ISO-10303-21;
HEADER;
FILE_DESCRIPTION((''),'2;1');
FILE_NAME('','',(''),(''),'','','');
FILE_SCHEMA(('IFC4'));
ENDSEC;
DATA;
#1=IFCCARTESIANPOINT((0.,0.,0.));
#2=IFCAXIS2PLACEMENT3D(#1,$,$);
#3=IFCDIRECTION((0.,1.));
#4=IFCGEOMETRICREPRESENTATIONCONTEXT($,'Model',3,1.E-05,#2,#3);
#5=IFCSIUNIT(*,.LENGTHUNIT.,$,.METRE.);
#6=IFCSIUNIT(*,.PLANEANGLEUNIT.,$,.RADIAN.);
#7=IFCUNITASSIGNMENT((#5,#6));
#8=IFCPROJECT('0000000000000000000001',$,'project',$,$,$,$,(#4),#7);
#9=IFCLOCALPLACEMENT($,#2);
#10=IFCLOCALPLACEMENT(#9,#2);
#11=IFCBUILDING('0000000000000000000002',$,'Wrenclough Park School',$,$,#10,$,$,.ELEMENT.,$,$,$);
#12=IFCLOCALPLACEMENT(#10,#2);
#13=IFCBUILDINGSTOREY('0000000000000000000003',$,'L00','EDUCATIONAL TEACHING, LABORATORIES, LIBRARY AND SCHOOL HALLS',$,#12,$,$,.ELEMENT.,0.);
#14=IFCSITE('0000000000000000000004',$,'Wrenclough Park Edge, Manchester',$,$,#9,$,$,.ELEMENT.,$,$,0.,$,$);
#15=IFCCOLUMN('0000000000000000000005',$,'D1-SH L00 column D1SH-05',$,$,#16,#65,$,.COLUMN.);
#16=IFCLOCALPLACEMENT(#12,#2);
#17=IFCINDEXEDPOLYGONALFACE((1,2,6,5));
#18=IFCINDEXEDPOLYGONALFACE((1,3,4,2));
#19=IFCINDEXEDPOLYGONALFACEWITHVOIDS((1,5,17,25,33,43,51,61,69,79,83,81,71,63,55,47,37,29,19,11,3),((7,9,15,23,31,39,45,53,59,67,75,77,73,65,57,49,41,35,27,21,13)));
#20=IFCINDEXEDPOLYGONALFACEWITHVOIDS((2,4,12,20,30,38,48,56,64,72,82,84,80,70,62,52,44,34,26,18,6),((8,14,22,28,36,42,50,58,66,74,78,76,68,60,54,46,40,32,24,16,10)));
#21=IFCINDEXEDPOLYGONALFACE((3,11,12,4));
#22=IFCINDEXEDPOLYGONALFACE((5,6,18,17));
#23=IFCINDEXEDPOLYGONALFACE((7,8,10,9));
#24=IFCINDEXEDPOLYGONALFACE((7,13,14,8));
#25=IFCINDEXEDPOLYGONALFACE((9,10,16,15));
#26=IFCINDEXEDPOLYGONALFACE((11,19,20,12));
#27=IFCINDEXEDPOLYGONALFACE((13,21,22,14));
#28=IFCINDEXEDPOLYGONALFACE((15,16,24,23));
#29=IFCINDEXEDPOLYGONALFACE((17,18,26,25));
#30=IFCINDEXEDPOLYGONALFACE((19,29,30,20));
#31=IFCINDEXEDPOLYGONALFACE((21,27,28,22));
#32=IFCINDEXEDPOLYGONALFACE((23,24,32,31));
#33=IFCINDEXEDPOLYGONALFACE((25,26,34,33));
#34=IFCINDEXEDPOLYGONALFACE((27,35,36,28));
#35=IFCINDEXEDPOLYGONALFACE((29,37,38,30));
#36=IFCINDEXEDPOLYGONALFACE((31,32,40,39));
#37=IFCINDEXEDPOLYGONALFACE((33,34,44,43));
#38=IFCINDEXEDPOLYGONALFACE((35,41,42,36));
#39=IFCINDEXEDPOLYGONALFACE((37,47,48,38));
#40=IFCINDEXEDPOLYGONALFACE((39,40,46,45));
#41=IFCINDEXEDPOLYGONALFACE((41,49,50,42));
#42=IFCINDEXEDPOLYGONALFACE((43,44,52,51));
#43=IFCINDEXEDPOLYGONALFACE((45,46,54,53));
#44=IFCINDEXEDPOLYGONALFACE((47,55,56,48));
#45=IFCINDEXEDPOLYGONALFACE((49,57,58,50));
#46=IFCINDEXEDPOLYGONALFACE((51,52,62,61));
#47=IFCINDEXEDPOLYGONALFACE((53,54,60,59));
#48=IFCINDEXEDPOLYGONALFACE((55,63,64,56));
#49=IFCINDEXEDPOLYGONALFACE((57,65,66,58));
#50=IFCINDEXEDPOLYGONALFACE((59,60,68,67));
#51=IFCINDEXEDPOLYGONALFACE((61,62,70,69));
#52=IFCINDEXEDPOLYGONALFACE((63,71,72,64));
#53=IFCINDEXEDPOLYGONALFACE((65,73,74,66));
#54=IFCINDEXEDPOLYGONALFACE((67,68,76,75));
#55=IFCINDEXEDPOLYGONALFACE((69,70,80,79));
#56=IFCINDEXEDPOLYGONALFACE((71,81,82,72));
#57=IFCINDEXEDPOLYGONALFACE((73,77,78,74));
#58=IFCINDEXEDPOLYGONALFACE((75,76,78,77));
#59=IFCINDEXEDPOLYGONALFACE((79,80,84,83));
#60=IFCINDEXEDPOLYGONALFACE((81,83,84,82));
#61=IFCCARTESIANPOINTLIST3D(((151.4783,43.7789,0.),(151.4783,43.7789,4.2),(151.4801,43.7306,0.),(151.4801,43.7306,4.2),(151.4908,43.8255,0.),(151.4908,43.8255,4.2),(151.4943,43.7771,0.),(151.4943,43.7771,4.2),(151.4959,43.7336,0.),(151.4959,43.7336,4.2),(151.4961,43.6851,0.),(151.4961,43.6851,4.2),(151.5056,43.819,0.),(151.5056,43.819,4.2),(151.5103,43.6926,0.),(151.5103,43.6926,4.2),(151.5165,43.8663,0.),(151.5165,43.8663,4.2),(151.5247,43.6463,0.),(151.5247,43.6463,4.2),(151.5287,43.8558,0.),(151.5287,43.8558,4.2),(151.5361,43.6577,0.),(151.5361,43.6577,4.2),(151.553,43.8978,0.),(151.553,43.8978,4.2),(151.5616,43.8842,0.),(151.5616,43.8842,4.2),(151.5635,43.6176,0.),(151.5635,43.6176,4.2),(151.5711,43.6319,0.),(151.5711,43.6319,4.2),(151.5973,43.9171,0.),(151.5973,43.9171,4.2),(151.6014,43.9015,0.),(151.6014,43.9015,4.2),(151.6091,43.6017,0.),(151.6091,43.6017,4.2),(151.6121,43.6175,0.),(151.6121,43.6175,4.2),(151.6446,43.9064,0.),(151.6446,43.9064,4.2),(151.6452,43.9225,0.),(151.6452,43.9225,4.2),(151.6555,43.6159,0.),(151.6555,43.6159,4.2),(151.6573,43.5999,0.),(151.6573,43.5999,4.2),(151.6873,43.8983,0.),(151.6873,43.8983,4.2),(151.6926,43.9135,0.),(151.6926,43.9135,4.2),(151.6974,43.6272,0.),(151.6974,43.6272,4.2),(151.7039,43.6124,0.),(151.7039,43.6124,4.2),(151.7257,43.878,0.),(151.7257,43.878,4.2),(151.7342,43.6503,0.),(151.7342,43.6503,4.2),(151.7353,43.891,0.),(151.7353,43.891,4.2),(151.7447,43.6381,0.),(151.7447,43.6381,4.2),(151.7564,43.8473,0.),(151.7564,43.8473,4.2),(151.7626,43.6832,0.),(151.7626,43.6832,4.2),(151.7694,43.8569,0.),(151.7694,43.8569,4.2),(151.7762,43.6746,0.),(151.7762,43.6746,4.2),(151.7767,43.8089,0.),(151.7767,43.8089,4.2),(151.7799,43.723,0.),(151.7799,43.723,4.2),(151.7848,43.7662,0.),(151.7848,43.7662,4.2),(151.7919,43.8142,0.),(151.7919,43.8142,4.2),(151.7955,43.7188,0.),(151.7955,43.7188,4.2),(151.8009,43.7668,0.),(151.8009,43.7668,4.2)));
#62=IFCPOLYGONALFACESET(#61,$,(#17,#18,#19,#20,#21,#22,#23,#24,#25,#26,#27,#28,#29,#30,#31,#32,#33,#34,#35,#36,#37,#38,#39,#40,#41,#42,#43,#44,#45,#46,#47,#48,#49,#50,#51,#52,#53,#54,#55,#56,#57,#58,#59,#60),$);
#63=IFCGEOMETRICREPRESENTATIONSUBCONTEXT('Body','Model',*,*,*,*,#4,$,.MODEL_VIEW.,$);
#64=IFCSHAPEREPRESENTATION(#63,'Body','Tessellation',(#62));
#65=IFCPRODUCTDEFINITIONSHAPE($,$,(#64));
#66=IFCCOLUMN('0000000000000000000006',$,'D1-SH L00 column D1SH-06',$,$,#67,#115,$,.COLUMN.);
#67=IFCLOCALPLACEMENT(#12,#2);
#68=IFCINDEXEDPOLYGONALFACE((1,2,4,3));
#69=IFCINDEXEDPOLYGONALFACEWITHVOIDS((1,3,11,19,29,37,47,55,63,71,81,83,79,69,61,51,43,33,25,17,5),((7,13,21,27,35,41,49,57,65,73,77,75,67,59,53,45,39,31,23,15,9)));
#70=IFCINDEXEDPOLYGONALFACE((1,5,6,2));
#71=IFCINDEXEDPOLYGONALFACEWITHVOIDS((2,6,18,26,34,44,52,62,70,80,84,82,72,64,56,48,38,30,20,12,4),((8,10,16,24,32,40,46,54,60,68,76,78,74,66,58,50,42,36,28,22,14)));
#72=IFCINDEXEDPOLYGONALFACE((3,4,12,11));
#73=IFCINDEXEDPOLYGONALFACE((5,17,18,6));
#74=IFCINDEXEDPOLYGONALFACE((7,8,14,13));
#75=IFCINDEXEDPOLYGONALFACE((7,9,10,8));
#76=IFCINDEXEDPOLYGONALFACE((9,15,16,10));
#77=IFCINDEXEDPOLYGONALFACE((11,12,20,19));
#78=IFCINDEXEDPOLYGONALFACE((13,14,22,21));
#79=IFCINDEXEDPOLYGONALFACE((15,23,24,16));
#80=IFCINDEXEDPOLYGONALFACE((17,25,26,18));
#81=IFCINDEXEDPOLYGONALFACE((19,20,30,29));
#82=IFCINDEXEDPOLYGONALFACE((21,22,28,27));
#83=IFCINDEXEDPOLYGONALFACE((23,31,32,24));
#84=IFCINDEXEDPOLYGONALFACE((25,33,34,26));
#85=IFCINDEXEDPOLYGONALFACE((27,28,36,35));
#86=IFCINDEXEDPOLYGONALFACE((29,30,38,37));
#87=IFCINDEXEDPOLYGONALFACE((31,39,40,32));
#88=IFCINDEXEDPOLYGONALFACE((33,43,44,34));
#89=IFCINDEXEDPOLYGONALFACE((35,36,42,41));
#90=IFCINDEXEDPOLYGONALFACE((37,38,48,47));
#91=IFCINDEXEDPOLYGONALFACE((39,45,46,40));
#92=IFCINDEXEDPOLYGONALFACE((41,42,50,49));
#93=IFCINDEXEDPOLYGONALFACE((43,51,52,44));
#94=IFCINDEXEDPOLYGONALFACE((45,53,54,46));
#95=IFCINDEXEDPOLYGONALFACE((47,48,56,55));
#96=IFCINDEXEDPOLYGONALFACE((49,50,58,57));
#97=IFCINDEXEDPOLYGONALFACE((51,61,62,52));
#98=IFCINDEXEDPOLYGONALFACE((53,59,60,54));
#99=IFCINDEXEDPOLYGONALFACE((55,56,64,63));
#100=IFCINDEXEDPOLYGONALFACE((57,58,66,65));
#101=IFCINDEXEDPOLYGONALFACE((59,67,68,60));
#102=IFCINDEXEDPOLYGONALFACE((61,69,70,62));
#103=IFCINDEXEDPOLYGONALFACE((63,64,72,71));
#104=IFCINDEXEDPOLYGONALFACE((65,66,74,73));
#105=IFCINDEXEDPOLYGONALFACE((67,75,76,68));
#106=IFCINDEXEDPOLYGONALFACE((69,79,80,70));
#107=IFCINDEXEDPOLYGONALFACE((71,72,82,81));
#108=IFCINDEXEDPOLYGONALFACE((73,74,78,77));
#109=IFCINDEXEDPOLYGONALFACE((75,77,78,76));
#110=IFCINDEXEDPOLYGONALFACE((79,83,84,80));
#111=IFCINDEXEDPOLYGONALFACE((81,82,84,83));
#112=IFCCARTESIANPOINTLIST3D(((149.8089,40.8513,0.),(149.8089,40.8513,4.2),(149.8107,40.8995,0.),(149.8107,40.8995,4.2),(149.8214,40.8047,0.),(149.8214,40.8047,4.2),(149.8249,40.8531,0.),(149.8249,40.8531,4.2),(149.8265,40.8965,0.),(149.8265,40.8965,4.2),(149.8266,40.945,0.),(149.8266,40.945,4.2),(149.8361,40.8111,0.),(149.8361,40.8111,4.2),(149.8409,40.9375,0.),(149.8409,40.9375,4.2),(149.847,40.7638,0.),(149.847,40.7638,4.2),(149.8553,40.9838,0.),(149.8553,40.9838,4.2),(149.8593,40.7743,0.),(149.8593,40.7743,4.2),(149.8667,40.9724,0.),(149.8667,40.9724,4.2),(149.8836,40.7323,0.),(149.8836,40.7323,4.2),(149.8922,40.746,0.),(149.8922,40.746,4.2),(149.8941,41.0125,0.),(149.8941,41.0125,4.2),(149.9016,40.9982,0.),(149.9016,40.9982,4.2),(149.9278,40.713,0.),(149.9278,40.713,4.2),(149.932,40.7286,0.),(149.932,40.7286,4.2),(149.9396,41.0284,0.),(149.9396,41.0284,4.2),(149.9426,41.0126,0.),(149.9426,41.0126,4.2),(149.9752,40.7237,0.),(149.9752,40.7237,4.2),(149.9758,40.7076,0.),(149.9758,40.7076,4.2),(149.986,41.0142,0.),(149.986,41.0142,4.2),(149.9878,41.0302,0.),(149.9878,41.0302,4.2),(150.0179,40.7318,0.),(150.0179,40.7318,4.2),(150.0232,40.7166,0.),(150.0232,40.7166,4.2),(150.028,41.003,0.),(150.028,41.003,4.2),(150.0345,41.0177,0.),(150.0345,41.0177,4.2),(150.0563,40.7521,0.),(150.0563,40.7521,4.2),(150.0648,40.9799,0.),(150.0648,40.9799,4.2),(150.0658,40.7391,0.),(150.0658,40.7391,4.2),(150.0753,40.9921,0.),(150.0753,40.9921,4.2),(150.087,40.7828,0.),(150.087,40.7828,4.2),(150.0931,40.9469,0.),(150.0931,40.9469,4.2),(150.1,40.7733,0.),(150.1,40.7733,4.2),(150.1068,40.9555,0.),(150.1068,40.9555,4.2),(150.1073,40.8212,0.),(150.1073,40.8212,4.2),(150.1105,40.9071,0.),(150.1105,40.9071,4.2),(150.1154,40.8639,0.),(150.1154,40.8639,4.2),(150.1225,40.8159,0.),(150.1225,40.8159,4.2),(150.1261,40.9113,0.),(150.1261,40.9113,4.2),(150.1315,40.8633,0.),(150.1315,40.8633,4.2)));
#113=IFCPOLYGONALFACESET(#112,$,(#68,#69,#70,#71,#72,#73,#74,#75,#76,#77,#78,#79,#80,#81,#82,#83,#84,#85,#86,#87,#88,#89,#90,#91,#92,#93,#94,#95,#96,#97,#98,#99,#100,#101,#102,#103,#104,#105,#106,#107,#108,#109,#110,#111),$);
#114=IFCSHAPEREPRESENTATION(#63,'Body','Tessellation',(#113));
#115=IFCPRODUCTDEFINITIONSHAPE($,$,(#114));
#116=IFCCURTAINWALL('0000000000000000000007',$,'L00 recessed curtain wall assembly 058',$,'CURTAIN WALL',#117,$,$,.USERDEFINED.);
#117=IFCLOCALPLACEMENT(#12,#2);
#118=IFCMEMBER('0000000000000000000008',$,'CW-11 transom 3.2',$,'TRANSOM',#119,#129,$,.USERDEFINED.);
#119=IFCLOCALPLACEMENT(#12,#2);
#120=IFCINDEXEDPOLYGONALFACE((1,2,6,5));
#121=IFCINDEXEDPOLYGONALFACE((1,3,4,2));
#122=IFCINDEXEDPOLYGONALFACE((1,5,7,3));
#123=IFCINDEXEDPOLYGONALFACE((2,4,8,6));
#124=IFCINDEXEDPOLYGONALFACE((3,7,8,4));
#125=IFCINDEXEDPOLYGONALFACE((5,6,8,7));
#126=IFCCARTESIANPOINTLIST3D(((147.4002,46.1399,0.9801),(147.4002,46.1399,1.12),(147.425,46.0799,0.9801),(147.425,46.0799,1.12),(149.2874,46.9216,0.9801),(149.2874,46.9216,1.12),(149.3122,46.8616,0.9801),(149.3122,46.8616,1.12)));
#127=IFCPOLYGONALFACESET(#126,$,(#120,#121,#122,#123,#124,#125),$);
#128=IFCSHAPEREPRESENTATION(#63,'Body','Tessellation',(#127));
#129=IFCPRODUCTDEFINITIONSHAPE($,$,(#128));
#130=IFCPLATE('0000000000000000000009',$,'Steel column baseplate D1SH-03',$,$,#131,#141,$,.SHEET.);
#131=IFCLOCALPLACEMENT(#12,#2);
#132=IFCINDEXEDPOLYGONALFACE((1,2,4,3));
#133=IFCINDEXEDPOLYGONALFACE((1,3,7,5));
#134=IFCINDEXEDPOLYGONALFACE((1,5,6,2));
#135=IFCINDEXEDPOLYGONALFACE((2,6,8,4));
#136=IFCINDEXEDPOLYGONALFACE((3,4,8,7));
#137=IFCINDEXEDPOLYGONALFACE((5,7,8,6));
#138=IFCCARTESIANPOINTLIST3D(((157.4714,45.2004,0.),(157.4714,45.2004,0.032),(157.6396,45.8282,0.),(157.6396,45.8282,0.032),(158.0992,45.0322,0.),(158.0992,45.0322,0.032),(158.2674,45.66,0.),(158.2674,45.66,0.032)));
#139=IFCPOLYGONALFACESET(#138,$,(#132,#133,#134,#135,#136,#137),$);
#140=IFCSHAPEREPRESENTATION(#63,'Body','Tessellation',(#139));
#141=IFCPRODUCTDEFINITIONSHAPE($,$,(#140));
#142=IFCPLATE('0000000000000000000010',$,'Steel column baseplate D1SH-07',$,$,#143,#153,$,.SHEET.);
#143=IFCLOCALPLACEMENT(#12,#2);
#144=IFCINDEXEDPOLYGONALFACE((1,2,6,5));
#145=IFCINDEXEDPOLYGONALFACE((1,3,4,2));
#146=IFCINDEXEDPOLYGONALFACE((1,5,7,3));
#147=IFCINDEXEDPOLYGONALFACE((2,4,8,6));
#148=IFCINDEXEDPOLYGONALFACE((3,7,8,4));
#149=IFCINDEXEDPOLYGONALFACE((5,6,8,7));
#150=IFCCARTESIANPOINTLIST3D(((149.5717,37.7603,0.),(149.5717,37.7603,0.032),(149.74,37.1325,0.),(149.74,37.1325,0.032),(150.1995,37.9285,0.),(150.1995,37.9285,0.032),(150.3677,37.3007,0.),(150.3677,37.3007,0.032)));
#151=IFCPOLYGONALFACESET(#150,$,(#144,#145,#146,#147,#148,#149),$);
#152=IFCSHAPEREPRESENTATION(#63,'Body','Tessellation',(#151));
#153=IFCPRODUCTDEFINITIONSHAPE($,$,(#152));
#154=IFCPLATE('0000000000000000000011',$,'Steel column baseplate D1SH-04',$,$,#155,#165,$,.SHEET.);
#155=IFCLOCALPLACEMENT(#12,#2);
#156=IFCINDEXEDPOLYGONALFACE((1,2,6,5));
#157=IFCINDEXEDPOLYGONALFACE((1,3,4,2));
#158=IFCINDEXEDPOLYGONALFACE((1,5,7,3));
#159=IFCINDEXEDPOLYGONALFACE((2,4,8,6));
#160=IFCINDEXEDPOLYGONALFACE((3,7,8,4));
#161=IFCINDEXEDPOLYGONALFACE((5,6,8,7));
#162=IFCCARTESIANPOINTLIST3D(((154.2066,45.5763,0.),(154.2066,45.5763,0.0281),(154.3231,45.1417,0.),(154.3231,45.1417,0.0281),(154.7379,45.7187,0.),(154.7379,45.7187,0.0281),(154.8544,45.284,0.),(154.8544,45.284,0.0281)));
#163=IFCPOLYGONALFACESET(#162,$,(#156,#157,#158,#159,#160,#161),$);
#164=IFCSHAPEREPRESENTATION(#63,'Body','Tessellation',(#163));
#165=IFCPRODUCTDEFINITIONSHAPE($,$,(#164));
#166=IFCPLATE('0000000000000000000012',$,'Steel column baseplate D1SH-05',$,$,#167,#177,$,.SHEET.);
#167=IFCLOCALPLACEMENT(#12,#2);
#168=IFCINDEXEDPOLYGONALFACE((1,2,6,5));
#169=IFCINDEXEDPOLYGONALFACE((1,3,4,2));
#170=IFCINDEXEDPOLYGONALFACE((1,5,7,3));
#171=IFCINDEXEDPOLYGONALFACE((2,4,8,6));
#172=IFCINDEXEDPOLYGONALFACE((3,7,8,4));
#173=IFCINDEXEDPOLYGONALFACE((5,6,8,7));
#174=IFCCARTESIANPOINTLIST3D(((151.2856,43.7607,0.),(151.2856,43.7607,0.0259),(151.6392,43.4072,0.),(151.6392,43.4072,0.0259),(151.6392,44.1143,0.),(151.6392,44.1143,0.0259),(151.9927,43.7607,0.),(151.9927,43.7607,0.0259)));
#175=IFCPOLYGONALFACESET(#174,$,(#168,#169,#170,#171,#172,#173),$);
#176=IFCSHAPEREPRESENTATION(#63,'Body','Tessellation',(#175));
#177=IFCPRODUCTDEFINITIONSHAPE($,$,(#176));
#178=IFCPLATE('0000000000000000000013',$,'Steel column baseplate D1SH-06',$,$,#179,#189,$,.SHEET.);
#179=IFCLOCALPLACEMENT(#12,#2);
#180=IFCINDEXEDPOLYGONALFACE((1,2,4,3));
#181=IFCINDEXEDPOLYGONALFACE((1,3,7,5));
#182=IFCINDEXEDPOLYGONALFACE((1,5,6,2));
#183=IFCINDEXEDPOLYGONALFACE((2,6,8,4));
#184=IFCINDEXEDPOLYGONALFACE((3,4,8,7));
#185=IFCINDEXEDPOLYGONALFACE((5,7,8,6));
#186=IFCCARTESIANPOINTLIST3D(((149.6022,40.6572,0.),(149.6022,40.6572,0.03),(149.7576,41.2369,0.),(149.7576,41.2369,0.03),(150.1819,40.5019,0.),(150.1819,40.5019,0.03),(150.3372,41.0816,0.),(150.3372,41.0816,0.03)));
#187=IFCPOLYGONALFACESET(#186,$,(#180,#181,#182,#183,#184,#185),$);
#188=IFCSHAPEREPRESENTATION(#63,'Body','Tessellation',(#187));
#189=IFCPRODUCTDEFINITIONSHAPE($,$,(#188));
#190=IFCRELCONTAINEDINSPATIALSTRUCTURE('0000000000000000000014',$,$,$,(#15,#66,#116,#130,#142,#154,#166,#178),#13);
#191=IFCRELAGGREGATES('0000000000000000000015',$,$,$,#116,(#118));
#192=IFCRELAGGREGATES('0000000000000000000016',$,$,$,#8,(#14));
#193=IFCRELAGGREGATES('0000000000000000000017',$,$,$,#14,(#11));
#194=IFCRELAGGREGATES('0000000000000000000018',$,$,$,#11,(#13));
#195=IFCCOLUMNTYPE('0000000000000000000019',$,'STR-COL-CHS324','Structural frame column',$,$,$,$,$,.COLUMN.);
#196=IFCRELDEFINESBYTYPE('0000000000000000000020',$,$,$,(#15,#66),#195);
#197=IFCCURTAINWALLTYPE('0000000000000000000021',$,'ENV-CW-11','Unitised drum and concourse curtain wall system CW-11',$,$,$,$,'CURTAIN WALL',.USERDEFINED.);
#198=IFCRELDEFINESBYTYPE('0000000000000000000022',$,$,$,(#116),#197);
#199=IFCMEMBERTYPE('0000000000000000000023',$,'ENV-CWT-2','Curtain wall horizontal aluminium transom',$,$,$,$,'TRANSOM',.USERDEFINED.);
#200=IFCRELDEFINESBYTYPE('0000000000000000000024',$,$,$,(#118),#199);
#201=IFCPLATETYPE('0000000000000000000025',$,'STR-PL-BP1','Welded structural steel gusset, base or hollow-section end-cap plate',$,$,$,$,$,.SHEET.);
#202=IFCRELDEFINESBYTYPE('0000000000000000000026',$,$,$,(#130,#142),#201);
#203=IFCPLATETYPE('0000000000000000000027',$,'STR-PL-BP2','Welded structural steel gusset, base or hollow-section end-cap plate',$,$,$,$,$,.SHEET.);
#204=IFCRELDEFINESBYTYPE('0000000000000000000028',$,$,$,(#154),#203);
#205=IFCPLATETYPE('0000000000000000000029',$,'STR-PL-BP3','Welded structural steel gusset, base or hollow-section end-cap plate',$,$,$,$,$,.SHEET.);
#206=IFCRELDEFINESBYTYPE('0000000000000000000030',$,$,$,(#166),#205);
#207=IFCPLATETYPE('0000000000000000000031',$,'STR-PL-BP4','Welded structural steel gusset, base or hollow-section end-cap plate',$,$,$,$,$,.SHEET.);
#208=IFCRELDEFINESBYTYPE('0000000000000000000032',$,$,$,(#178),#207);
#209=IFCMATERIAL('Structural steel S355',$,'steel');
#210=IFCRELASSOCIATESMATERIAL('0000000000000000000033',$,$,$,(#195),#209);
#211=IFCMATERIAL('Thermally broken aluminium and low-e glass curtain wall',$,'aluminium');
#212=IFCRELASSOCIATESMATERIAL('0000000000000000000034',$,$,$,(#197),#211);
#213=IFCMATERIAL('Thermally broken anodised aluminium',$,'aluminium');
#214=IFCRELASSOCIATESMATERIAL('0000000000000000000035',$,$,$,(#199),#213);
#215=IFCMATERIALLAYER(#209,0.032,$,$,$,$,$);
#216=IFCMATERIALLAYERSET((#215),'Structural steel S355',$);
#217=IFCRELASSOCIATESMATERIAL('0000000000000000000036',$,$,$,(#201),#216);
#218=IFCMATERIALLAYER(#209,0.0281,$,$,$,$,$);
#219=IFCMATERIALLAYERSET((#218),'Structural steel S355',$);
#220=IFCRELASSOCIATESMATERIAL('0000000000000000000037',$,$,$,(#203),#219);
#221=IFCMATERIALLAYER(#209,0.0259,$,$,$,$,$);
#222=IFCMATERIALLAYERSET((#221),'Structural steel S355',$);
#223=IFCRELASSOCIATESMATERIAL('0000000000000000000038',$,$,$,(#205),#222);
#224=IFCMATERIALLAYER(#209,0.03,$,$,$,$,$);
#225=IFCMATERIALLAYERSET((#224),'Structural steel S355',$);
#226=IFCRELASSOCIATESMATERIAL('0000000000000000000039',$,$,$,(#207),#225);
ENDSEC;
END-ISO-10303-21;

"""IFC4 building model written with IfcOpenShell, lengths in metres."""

from ifc_helpers import new_model, si_unit, direction, frame, origin, origin_2d, place, context, subcontext, project, spatial, rectangle, hollow_circle, extrude, material, layer, layer_set, material_profile, profile_set, type_object, element, aggregate, save


model = new_model("IFC4")

# Units and contexts
model_context = context("Model", 3, precision=1e-05, world=origin(), true_north=direction((0.0, 1.0)))
body_context = subcontext(model_context, "Body", "Model", "MODEL_VIEW")
ifc_project = project(units=[si_unit("LENGTHUNIT", "METRE"), si_unit("PLANEANGLEUNIT", "RADIAN")], contexts=[model_context])

# Site, building, storey
site_placement = place(None, origin())
site = spatial("IfcSite", under=ifc_project, at=site_placement, Name="Wrenclough Park Edge, Manchester", CompositionType="ELEMENT", RefElevation=0.0)
building_placement = place(site_placement, origin())
building = spatial("IfcBuilding", under=site, at=building_placement, Name="Wrenclough Park School", CompositionType="ELEMENT")
storey_placement = place(building_placement, origin())
storey = spatial("IfcBuildingStorey", under=building, at=storey_placement, Name="L00", Description="EDUCATIONAL TEACHING, LABORATORIES, LIBRARY AND SCHOOL HALLS", CompositionType="ELEMENT", Elevation=0.0)

# Columns
ifc_material_1 = material(Name="Structural steel S355", Category="steel")
ifc_material_profile_1 = material_profile(ifc_material_1, hollow_circle(Radius=0.1619, WallThickness=0.0161, at=origin_2d()), Name="CHS 323.9x16.0")
ifc_profile_set_1 = profile_set([ifc_material_profile_1], Name="Structural steel S355")
column_type = type_object("IfcColumnType", Name="STR-COL-CHS324", Description="Structural frame column", PredefinedType="COLUMN", material=ifc_profile_set_1)
for number, where, z_axis, x_axis, name in (
    (1, (151.6392, 43.7607, 0.0), (0.0, 0.0, 1.0), (-0.707107, -0.707107, 0.0), "D1-SH L00 column D1SH-05"),
    (2, (149.9697, 40.8694, 0.0), (0.0, 0.0, 1.0), (-0.258819, -0.965926, 0.0), "D1-SH L00 column D1SH-06"),
):
    element("IfcColumn", number, at=place(storey_placement, frame(where, z_axis=z_axis, x_axis=x_axis)), inside=storey, type_object=column_type, Name=name, PredefinedType="COLUMN", context=body_context, shape_type="SweptSolid", body=[
        extrude(hollow_circle(Radius=0.1619, WallThickness=0.0161, at=origin_2d()), origin(), (0.0, 0.0, 1.0), 4.2),
    ])

# Curtain wall, member
ifc_material_2 = material(Name="Thermally broken aluminium and low-e glass curtain wall", Category="aluminium")
curtain_wall_type = type_object("IfcCurtainWallType", Name="ENV-CW-11", Description="Unitised drum and concourse curtain wall system CW-11", ElementType="CURTAIN WALL", PredefinedType="USERDEFINED", material=ifc_material_2)
curtain_wall_placement = place(storey_placement, origin())
curtain_wall = element("IfcCurtainWall", 3, at=curtain_wall_placement, inside=storey, type_object=curtain_wall_type, Name="L00 recessed curtain wall assembly 058", ObjectType="CURTAIN WALL", PredefinedType="USERDEFINED")
ifc_material_3 = material(Name="Thermally broken anodised aluminium", Category="aluminium")
ifc_material_profile_2 = material_profile(ifc_material_3, rectangle(XDim=0.0649, YDim=0.1399, at=origin_2d()), Name="AL TRANSOM 65x140")
ifc_profile_set_2 = profile_set([ifc_material_profile_2], Name="Thermally broken anodised aluminium")
member_type = type_object("IfcMemberType", Name="ENV-CWT-2", Description="Curtain wall horizontal aluminium transom", ElementType="TRANSOM", PredefinedType="USERDEFINED", material=ifc_profile_set_2)
member_placement = place(storey_placement, frame((147.4126, 46.1099, 1.05), z_axis=(0.923874, 0.382697, 0.0), x_axis=(-0.382697, 0.923874, 0.0)))
member = element("IfcMember", 4, at=member_placement, type_object=member_type, Name="CW-11 transom 3.2", ObjectType="TRANSOM", PredefinedType="USERDEFINED", context=body_context, shape_type="SweptSolid", body=[
    extrude(rectangle(XDim=0.0649, YDim=0.1399, at=origin_2d()), origin(), (0.0, 0.0, 1.0), 2.0427),
])
aggregate(curtain_wall, [member])

# Plates
ifc_layer_1 = layer(ifc_material_1, 0.032)
ifc_layer_set_1 = layer_set([ifc_layer_1], Name="Structural steel S355")
plate_type_1 = type_object("IfcPlateType", Name="STR-PL-BP1", Description="Welded structural steel gusset, base or hollow-section end-cap plate", PredefinedType="SHEET", material=ifc_layer_set_1)
for number, where, z_axis, x_axis, name in (
    (5, (157.8694, 45.4302, 0.0), (0.0, 0.0, 1.0), (-0.965926, 0.258819, 0.0), "Steel column baseplate D1SH-03"),
    (6, (149.9697, 37.5305, 0.0), (0.0, 0.0, 1.0), (0.258819, -0.965926, 0.0), "Steel column baseplate D1SH-07"),
):
    element("IfcPlate", number, at=place(storey_placement, frame(where, z_axis=z_axis, x_axis=x_axis)), inside=storey, type_object=plate_type_1, Name=name, PredefinedType="SHEET", context=body_context, shape_type="SweptSolid", body=[
        extrude(rectangle(XDim=0.6499, YDim=0.6499, at=origin_2d()), origin(), (0.0, 0.0, 1.0), 0.032),
    ])
ifc_layer_2 = layer(ifc_material_1, 0.0281)
ifc_layer_set_2 = layer_set([ifc_layer_2], Name="Structural steel S355")
plate_type_2 = type_object("IfcPlateType", Name="STR-PL-BP2", Description="Welded structural steel gusset, base or hollow-section end-cap plate", PredefinedType="SHEET", material=ifc_layer_set_2)
plate_1_placement = place(storey_placement, frame((154.5305, 45.4302, 0.0), z_axis=(0.0, 0.0, 1.0), x_axis=(-0.965926, -0.258819, 0.0)))
element("IfcPlate", 7, at=plate_1_placement, inside=storey, type_object=plate_type_2, Name="Steel column baseplate D1SH-04", PredefinedType="SHEET", context=body_context, shape_type="SweptSolid", body=[
    extrude(rectangle(XDim=0.55, YDim=0.45, at=origin_2d()), origin(), (0.0, 0.0, 1.0), 0.0281),
])
ifc_layer_3 = layer(ifc_material_1, 0.0259)
ifc_layer_set_3 = layer_set([ifc_layer_3], Name="Structural steel S355")
plate_type_3 = type_object("IfcPlateType", Name="STR-PL-BP3", Description="Welded structural steel gusset, base or hollow-section end-cap plate", PredefinedType="SHEET", material=ifc_layer_set_3)
plate_2_placement = place(storey_placement, frame((151.6392, 43.7607, 0.0), z_axis=(0.0, 0.0, 1.0), x_axis=(-0.707107, -0.707107, 0.0)))
element("IfcPlate", 8, at=plate_2_placement, inside=storey, type_object=plate_type_3, Name="Steel column baseplate D1SH-05", PredefinedType="SHEET", context=body_context, shape_type="SweptSolid", body=[
    extrude(rectangle(XDim=0.5, YDim=0.5, at=origin_2d()), origin(), (0.0, 0.0, 1.0), 0.0259),
])
ifc_layer_4 = layer(ifc_material_1, 0.03)
ifc_layer_set_4 = layer_set([ifc_layer_4], Name="Structural steel S355")
plate_type_4 = type_object("IfcPlateType", Name="STR-PL-BP4", Description="Welded structural steel gusset, base or hollow-section end-cap plate", PredefinedType="SHEET", material=ifc_layer_set_4)
plate_3_placement = place(storey_placement, frame((149.9697, 40.8694, 0.0), z_axis=(0.0, 0.0, 1.0), x_axis=(-0.258819, -0.965926, 0.0)))
element("IfcPlate", 9, at=plate_3_placement, inside=storey, type_object=plate_type_4, Name="Steel column baseplate D1SH-06", PredefinedType="SHEET", context=body_context, shape_type="SweptSolid", body=[
    extrude(rectangle(XDim=0.6001, YDim=0.6001, at=origin_2d()), origin(), (0.0, 0.0, 1.0), 0.03),
])

save(model, "model.ifc")
